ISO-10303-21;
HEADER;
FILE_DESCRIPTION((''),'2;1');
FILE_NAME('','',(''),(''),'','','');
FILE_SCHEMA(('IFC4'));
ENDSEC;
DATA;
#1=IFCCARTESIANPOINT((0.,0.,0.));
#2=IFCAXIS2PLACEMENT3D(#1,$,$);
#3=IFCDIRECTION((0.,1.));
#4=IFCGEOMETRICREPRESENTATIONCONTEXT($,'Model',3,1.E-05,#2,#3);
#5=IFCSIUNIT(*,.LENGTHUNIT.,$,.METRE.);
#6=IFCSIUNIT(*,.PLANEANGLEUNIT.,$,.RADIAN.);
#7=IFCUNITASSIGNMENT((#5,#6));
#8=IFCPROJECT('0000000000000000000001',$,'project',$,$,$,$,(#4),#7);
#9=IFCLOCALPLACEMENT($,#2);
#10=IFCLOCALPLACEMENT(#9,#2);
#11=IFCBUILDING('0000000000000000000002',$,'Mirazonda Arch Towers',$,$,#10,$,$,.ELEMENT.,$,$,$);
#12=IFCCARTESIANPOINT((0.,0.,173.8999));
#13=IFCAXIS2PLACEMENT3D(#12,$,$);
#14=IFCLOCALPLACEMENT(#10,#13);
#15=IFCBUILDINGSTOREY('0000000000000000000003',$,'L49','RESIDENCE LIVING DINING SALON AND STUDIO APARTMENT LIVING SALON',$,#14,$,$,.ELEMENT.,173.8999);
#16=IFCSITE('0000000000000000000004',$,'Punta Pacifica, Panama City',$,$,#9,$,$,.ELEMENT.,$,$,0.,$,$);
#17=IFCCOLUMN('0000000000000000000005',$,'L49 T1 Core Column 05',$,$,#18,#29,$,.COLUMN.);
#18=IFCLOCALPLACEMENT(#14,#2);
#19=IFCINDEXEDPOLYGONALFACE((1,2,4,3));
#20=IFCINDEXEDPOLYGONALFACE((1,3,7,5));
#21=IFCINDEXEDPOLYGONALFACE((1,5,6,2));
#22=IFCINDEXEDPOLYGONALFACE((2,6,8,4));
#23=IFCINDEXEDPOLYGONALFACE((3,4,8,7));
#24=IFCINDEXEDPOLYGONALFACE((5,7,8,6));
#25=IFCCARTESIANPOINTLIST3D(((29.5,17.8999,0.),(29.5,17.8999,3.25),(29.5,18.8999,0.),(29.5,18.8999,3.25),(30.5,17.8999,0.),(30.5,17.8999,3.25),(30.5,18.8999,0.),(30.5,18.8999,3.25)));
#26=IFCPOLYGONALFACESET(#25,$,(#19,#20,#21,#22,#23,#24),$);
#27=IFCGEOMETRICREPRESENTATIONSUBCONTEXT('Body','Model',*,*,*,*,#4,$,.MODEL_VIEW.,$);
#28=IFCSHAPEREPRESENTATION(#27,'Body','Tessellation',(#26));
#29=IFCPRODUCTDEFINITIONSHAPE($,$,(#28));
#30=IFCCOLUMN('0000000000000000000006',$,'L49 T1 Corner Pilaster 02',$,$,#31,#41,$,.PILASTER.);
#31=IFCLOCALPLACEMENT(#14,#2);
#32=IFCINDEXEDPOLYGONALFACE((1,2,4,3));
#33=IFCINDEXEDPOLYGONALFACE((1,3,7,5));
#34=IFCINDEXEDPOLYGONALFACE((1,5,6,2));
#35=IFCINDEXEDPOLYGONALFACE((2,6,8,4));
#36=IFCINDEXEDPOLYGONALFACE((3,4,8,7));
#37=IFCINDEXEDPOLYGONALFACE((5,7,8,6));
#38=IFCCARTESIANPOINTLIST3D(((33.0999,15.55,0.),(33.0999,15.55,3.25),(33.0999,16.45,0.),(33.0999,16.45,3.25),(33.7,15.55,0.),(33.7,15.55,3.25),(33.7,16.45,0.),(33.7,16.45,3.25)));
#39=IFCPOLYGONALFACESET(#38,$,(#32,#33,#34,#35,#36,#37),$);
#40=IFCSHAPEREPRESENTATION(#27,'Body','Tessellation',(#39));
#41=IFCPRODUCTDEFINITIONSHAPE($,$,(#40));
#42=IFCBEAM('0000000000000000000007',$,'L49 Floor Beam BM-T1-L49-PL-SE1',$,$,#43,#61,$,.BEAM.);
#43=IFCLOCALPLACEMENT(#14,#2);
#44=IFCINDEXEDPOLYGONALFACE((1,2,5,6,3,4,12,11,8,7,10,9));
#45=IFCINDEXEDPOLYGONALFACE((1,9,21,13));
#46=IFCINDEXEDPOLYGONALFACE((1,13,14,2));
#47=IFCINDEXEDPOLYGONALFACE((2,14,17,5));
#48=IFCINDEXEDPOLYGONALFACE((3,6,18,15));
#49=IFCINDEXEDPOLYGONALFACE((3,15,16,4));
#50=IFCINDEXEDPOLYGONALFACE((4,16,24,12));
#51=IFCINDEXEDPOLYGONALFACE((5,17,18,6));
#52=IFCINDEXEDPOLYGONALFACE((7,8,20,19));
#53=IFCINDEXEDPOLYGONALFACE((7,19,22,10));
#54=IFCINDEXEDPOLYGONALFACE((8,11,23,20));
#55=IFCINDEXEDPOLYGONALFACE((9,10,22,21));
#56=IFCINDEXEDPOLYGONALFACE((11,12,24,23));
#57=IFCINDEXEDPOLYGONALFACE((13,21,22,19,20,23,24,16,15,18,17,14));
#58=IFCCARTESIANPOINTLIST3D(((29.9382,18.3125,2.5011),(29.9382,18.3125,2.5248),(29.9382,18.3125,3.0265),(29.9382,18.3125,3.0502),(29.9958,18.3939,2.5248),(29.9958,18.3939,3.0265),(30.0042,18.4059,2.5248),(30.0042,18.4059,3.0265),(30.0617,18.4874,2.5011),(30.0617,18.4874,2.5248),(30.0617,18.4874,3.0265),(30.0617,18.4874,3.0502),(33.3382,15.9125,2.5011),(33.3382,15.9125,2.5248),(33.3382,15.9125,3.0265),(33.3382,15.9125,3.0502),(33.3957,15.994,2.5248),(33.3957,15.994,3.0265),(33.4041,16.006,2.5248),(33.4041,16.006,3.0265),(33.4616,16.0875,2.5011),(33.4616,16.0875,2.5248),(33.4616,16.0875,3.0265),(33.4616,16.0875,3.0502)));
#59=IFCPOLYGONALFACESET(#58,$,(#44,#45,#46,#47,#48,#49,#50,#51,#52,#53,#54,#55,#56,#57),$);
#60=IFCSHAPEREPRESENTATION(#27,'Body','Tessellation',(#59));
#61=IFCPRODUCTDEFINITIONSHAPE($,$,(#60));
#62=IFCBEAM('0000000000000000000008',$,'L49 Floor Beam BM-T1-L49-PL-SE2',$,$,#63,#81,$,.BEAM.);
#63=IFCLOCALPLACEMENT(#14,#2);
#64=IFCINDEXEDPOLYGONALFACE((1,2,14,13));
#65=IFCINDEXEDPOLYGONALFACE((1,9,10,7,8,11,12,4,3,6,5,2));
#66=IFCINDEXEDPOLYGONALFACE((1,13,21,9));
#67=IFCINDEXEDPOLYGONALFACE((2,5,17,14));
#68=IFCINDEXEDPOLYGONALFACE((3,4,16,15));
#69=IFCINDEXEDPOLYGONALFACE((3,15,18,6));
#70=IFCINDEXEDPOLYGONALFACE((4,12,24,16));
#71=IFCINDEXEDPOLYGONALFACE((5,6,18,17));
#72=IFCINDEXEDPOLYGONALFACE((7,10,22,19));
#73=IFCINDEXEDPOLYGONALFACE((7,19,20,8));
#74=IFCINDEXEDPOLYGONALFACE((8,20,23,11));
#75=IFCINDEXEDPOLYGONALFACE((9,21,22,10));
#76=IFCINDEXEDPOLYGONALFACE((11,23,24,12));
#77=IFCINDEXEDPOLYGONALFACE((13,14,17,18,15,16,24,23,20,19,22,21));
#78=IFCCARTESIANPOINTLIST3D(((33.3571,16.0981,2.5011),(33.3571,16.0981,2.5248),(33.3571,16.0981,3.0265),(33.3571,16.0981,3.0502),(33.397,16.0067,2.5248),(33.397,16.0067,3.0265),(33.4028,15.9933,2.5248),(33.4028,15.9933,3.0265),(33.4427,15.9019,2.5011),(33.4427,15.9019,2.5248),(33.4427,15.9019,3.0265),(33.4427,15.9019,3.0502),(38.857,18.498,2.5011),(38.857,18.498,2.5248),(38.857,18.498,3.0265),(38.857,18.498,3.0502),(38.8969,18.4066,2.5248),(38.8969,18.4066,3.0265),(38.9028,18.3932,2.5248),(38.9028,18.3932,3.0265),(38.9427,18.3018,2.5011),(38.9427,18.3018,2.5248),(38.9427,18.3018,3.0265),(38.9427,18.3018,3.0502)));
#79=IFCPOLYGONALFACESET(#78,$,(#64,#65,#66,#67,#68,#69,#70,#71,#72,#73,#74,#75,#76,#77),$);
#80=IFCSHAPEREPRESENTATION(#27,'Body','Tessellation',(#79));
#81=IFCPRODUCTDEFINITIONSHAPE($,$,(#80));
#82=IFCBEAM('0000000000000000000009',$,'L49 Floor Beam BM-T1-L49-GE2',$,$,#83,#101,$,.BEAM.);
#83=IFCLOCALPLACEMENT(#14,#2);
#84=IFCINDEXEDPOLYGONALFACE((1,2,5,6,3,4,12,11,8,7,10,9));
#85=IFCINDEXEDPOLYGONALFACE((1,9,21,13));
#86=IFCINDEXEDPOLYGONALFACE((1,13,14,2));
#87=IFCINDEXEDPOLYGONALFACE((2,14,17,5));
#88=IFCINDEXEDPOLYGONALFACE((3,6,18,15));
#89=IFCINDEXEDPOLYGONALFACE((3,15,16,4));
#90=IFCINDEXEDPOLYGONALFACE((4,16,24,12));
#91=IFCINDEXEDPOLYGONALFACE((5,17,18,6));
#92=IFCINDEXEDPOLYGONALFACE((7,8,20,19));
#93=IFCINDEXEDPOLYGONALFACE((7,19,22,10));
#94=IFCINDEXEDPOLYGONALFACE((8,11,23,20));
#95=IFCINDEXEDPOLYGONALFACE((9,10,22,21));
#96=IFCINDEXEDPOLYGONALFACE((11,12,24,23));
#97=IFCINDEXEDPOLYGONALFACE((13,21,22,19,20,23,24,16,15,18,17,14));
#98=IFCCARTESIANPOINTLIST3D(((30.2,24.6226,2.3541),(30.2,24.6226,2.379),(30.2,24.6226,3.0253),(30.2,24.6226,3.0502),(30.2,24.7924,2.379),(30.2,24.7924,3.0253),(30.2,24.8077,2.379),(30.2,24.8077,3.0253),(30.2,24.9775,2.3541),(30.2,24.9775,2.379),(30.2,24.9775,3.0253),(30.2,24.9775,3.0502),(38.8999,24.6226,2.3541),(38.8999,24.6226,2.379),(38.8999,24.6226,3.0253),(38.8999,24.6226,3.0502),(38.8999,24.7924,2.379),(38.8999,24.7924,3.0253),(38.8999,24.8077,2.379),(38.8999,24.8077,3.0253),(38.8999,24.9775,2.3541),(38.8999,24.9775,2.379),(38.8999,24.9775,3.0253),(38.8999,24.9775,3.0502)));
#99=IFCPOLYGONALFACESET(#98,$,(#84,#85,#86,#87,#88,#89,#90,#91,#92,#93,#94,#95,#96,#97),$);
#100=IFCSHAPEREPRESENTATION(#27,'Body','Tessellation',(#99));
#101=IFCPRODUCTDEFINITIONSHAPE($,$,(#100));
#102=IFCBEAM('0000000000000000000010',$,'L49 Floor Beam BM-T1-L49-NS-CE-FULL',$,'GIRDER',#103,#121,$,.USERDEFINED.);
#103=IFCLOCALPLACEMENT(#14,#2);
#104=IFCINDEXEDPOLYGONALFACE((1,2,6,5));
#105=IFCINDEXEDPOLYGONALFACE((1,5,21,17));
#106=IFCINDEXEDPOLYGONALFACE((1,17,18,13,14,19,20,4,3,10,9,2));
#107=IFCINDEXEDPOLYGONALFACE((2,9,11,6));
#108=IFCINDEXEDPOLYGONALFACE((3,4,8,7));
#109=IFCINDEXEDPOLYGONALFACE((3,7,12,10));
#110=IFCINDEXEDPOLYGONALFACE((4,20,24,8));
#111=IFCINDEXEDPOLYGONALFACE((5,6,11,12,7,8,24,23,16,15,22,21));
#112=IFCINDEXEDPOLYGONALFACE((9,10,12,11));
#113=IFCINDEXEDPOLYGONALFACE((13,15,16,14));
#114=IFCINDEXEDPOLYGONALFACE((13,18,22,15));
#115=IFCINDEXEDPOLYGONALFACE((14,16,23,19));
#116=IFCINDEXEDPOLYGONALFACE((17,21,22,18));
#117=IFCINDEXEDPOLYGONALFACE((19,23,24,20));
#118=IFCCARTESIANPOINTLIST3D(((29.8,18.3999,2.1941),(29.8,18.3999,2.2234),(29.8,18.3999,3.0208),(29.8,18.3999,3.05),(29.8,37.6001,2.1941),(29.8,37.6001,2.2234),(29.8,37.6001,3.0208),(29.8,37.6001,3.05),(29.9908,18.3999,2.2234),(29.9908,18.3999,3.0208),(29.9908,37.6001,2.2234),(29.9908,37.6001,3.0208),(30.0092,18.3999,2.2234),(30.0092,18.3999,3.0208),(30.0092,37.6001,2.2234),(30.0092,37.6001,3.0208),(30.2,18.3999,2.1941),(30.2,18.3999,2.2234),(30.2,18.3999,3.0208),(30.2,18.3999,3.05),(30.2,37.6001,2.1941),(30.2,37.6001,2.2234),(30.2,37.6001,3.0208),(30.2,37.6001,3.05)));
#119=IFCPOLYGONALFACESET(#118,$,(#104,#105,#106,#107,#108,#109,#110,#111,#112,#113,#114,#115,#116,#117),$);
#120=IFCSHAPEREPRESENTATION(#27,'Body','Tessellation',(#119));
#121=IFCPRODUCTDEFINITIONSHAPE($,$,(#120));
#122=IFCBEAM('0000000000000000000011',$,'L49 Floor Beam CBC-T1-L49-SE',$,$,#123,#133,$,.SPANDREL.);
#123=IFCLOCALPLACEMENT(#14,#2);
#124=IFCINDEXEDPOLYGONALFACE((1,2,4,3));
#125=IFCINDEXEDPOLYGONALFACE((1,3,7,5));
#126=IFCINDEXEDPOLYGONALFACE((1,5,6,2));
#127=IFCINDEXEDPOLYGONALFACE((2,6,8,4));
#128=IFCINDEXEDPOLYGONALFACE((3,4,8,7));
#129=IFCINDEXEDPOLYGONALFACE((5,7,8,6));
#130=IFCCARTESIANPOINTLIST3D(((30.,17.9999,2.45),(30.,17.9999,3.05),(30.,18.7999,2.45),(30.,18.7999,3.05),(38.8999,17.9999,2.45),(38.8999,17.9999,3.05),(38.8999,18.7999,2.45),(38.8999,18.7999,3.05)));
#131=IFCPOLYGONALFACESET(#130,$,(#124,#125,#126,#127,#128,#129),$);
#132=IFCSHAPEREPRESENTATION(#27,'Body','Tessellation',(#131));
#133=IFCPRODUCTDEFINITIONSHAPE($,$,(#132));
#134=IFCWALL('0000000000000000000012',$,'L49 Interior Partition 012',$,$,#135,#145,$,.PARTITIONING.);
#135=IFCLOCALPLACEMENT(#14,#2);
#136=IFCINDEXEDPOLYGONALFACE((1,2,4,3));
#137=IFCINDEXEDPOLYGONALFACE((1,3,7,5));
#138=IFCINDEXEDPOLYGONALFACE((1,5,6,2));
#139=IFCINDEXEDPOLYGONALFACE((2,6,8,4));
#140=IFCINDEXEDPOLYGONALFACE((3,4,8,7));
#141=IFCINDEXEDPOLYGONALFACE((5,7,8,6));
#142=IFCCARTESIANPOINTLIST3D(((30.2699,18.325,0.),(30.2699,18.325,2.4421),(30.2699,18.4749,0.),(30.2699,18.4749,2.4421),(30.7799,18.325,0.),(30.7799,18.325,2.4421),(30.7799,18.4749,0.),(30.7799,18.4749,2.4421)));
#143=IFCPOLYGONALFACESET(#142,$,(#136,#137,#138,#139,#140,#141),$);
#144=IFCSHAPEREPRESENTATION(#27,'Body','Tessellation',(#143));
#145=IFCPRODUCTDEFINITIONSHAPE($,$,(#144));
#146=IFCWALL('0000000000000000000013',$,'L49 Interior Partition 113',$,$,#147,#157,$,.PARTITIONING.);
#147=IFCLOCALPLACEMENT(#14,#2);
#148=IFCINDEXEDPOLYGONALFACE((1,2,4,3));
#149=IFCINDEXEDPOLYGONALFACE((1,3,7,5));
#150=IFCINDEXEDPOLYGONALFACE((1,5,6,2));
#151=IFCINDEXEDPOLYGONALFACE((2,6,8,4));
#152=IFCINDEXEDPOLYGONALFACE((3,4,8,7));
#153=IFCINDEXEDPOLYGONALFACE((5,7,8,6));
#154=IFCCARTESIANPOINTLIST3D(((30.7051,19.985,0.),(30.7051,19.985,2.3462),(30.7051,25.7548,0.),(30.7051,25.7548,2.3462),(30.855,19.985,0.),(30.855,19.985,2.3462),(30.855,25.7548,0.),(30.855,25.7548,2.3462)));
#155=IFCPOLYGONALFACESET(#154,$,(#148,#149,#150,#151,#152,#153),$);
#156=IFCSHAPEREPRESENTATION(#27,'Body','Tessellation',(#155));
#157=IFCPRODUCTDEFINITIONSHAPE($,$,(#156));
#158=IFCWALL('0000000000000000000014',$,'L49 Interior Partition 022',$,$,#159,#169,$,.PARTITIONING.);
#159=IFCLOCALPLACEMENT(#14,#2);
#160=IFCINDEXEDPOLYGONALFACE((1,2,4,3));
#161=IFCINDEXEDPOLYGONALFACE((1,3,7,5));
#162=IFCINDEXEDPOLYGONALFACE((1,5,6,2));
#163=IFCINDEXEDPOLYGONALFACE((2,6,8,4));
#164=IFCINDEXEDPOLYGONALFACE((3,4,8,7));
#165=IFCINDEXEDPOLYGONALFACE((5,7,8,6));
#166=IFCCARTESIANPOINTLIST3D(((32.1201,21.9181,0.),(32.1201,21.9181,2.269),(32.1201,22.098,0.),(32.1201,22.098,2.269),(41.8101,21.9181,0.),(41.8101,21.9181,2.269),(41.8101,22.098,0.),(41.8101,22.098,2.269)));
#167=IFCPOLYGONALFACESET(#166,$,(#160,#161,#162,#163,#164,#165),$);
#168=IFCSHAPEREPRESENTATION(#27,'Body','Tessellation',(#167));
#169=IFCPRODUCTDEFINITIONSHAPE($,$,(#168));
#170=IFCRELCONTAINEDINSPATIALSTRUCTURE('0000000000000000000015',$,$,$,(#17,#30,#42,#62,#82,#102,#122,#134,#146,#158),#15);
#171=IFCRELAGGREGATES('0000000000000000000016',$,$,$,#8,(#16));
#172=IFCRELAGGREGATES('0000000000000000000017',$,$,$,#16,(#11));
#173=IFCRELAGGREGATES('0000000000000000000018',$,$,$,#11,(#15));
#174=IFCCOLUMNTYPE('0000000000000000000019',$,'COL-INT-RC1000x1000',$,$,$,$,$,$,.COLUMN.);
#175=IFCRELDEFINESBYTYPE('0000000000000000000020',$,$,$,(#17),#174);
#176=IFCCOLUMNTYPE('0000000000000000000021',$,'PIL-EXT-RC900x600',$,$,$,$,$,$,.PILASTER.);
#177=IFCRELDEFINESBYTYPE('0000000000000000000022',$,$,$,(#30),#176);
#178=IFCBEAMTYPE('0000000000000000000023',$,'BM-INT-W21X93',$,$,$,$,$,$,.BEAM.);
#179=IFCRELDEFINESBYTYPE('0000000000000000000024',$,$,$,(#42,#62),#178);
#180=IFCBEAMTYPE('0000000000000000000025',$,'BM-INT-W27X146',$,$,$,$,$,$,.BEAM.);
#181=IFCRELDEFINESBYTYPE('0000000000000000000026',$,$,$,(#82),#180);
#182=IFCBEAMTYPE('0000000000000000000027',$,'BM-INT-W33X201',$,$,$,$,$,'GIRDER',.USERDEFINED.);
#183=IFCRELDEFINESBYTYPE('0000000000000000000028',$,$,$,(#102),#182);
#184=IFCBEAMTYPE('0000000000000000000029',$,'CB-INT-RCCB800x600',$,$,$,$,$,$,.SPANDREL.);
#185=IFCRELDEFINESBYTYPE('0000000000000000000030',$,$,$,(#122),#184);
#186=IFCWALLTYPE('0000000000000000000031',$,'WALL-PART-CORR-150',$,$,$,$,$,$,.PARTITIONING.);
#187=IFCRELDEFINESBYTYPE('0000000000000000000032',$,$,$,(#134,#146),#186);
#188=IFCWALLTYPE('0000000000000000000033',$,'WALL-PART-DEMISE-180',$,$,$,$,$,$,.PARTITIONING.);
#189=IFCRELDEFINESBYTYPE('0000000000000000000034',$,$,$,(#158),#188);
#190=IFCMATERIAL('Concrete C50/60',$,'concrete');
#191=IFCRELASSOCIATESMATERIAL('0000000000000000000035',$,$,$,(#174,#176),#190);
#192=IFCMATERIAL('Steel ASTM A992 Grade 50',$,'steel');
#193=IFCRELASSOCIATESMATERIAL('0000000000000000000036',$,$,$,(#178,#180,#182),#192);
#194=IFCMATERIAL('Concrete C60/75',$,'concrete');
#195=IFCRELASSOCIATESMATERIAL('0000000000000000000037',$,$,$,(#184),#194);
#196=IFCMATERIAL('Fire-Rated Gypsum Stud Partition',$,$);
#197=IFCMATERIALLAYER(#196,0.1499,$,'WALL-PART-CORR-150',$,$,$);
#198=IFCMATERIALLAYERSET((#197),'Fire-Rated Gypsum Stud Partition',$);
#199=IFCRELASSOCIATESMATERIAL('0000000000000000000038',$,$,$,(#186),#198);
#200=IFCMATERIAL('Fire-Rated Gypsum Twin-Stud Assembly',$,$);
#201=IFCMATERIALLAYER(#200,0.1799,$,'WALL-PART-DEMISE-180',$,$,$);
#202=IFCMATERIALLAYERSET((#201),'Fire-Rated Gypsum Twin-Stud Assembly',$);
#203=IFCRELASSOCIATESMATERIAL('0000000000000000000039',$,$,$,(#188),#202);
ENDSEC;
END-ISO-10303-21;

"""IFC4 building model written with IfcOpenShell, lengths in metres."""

from ifc_helpers import new_model, si_unit, direction, frame, frame_2d, origin, origin_2d, place, context, subcontext, project, spatial, rectangle, i_section, extrude, material, layer, layer_set, material_profile, profile_set, type_object, element, save


model = new_model("IFC4")

# Units and contexts
model_context = context("Model", 3, precision=1e-05, world=origin(), true_north=direction((0.0, 1.0)))
body_context = subcontext(model_context, "Body", "Model", "MODEL_VIEW")
ifc_project = project(units=[si_unit("LENGTHUNIT", "METRE"), si_unit("PLANEANGLEUNIT", "RADIAN")], contexts=[model_context])

# Site, building, storey
site_placement = place(None, origin())
site = spatial("IfcSite", under=ifc_project, at=site_placement, Name="Punta Pacifica, Panama City", CompositionType="ELEMENT", RefElevation=0.0)
building_placement = place(site_placement, origin())
building = spatial("IfcBuilding", under=site, at=building_placement, Name="Mirazonda Arch Towers", CompositionType="ELEMENT")
storey_placement = place(building_placement, frame((0.0, 0.0, 173.8999)))
storey = spatial("IfcBuildingStorey", under=building, at=storey_placement, Name="L49", Description="RESIDENCE LIVING DINING SALON AND STUDIO APARTMENT LIVING SALON", CompositionType="ELEMENT", Elevation=173.8999)

# Columns
ifc_material_1 = material(Name="Concrete C50/60", Category="concrete")
ifc_material_profile_1 = material_profile(ifc_material_1, rectangle(XDim=1.0, YDim=1.0, at=origin_2d()), Name="RC1000x1000")
ifc_profile_set_1 = profile_set([ifc_material_profile_1], Name="Concrete C50/60")
column_type_1 = type_object("IfcColumnType", Name="COL-INT-RC1000x1000", PredefinedType="COLUMN", material=ifc_profile_set_1)
column_1_placement = place(storey_placement, frame((30.0, 18.3999, 0.0), z_axis=(0.0, 0.0, 1.0), x_axis=(1.0, 0.0, 0.0)))
element("IfcColumn", 1, at=column_1_placement, inside=storey, type_object=column_type_1, Name="L49 T1 Core Column 05", PredefinedType="COLUMN", context=body_context, shape_type="SweptSolid", body=[
    extrude(rectangle(XDim=1.0, YDim=1.0, at=origin_2d()), origin(), (0.0, 0.0, 1.0), 3.25),
])
ifc_material_profile_2 = material_profile(ifc_material_1, rectangle(XDim=0.6001, YDim=0.8999, at=origin_2d()), Name="RC900x600")
ifc_profile_set_2 = profile_set([ifc_material_profile_2], Name="Concrete C50/60")
column_type_2 = type_object("IfcColumnType", Name="PIL-EXT-RC900x600", PredefinedType="PILASTER", material=ifc_profile_set_2)
column_2_placement = place(storey_placement, frame((33.3999, 16.0, 0.0), z_axis=(0.0, 0.0, 1.0), x_axis=(1.0, 0.0, 0.0)))
element("IfcColumn", 2, at=column_2_placement, inside=storey, type_object=column_type_2, Name="L49 T1 Corner Pilaster 02", PredefinedType="PILASTER", context=body_context, shape_type="SweptSolid", body=[
    extrude(rectangle(XDim=0.6001, YDim=0.8999, at=origin_2d()), origin(), (0.0, 0.0, 1.0), 3.25),
])

# Beams
ifc_material_2 = material(Name="Steel ASTM A992 Grade 50", Category="steel")
ifc_material_profile_3 = material_profile(ifc_material_2, i_section(OverallWidth=0.2141, OverallDepth=0.5491, WebThickness=0.0146, FlangeThickness=0.0237, at=origin_2d()), Name="W21X93")
ifc_profile_set_3 = profile_set([ifc_material_profile_3], Name="Steel ASTM A992 Grade 50")
beam_type_1 = type_object("IfcBeamType", Name="BM-INT-W21X93", PredefinedType="BEAM", material=ifc_profile_set_3)
beam_1_placement = place(storey_placement, frame((33.3999, 16.0, 2.7756), z_axis=(-0.816971, 0.576679, 0.0), x_axis=(-0.576679, -0.816971, 0.0)))
element("IfcBeam", 3, at=beam_1_placement, inside=storey, type_object=beam_type_1, Name="L49 Floor Beam BM-T1-L49-PL-SE1", PredefinedType="BEAM", context=body_context, shape_type="SweptSolid", body=[
    extrude(i_section(OverallWidth=0.2141, OverallDepth=0.5491, WebThickness=0.0146, FlangeThickness=0.0237, at=origin_2d()), origin(), (0.0, 0.0, 1.0), 4.1616),
])
beam_2_placement = place(storey_placement, frame((33.3999, 16.0, 2.7756), z_axis=(0.916545, 0.399931, 0.0), x_axis=(-0.399931, 0.916545, 0.0)))
element("IfcBeam", 4, at=beam_2_placement, inside=storey, type_object=beam_type_1, Name="L49 Floor Beam BM-T1-L49-PL-SE2", PredefinedType="BEAM", context=body_context, shape_type="SweptSolid", body=[
    extrude(i_section(OverallWidth=0.2141, OverallDepth=0.5491, WebThickness=0.0146, FlangeThickness=0.0237, at=origin_2d()), origin(), (0.0, 0.0, 1.0), 6.0007),
])
ifc_material_profile_4 = material_profile(ifc_material_2, i_section(OverallWidth=0.355, OverallDepth=0.696, WebThickness=0.0154, FlangeThickness=0.0249, at=origin_2d()), Name="W27X146")
ifc_profile_set_4 = profile_set([ifc_material_profile_4], Name="Steel ASTM A992 Grade 50")
beam_type_2 = type_object("IfcBeamType", Name="BM-INT-W27X146", PredefinedType="BEAM", material=ifc_profile_set_4)
beam_3_placement = place(storey_placement, frame((30.2, 24.8, 2.7021), z_axis=(1.0, 0.0, 0.0), x_axis=(0.0, 1.0, 0.0)))
element("IfcBeam", 5, at=beam_3_placement, inside=storey, type_object=beam_type_2, Name="L49 Floor Beam BM-T1-L49-GE2", PredefinedType="BEAM", context=body_context, shape_type="SweptSolid", body=[
    extrude(i_section(OverallWidth=0.355, OverallDepth=0.696, WebThickness=0.0154, FlangeThickness=0.0249, at=origin_2d()), origin(), (0.0, 0.0, 1.0), 8.7),
])
ifc_material_profile_5 = material_profile(ifc_material_2, i_section(OverallWidth=0.3999, OverallDepth=0.856, WebThickness=0.0183, FlangeThickness=0.0293, at=origin_2d()), Name="W33X201")
ifc_profile_set_5 = profile_set([ifc_material_profile_5], Name="Steel ASTM A992 Grade 50")
beam_type_3 = type_object("IfcBeamType", Name="BM-INT-W33X201", ElementType="GIRDER", PredefinedType="USERDEFINED", material=ifc_profile_set_5)
beam_4_placement = place(storey_placement, frame((30.0, 18.3999, 2.6221), z_axis=(0.0, 1.0, 0.0), x_axis=(-1.0, 0.0, 0.0)))
element("IfcBeam", 6, at=beam_4_placement, inside=storey, type_object=beam_type_3, Name="L49 Floor Beam BM-T1-L49-NS-CE-FULL", ObjectType="GIRDER", PredefinedType="USERDEFINED", context=body_context, shape_type="SweptSolid", body=[
    extrude(i_section(OverallWidth=0.3999, OverallDepth=0.856, WebThickness=0.0183, FlangeThickness=0.0293, at=origin_2d()), origin(), (0.0, 0.0, 1.0), 19.2002),
])
ifc_material_3 = material(Name="Concrete C60/75", Category="concrete")
ifc_material_profile_6 = material_profile(ifc_material_3, rectangle(XDim=0.8, YDim=0.6001, at=origin_2d()), Name="RCCB800x600")
ifc_profile_set_6 = profile_set([ifc_material_profile_6], Name="Concrete C60/75")
beam_type_4 = type_object("IfcBeamType", Name="CB-INT-RCCB800x600", PredefinedType="SPANDREL", material=ifc_profile_set_6)
beam_5_placement = place(storey_placement, frame((30.0, 18.3999, 2.75), z_axis=(1.0, 0.0, 0.0), x_axis=(0.0, 1.0, 0.0)))
element("IfcBeam", 7, at=beam_5_placement, inside=storey, type_object=beam_type_4, Name="L49 Floor Beam CBC-T1-L49-SE", PredefinedType="SPANDREL", context=body_context, shape_type="SweptSolid", body=[
    extrude(rectangle(XDim=0.8, YDim=0.6001, at=origin_2d()), origin(), (0.0, 0.0, 1.0), 8.8999),
])

# Walls
ifc_material_4 = material(Name="Fire-Rated Gypsum Stud Partition")
ifc_layer_1 = layer(ifc_material_4, 0.1499, Name="WALL-PART-CORR-150")
ifc_layer_set_1 = layer_set([ifc_layer_1], Name="Fire-Rated Gypsum Stud Partition")
wall_type_1 = type_object("IfcWallType", Name="WALL-PART-CORR-150", PredefinedType="PARTITIONING", material=ifc_layer_set_1)
wall_1_placement = place(storey_placement, frame((30.27, 18.3999, 0.0), z_axis=(0.0, 0.0, 1.0), x_axis=(1.0, 0.0, 0.0)))
element("IfcWall", 8, at=wall_1_placement, inside=storey, type_object=wall_type_1, Name="L49 Interior Partition 012", PredefinedType="PARTITIONING", context=body_context, shape_type="SweptSolid", body=[
    extrude(rectangle(XDim=0.51, YDim=0.1499, at=frame_2d((0.2549, 0.0))), origin(), (0.0, 0.0, 1.0), 2.4421),
])
wall_2_placement = place(storey_placement, frame((30.78, 19.9851, 0.0), z_axis=(0.0, 0.0, 1.0), x_axis=(0.0, 1.0, 0.0)))
element("IfcWall", 9, at=wall_2_placement, inside=storey, type_object=wall_type_1, Name="L49 Interior Partition 113", PredefinedType="PARTITIONING", context=body_context, shape_type="SweptSolid", body=[
    extrude(rectangle(XDim=5.7698, YDim=0.1499, at=frame_2d((2.8848, 0.0))), origin(), (0.0, 0.0, 1.0), 2.3462),
])

# Shared definitions
ifc_material_5 = material(Name="Fire-Rated Gypsum Twin-Stud Assembly")
ifc_layer_2 = layer(ifc_material_5, 0.1799, Name="WALL-PART-DEMISE-180")
ifc_layer_set_2 = layer_set([ifc_layer_2], Name="Fire-Rated Gypsum Twin-Stud Assembly")
wall_type_2 = type_object("IfcWallType", Name="WALL-PART-DEMISE-180", PredefinedType="PARTITIONING", material=ifc_layer_set_2)

# Wall
wall_3_placement = place(storey_placement, frame((32.1201, 22.0081, 0.0), z_axis=(0.0, 0.0, 1.0), x_axis=(1.0, 0.0, 0.0)))
element("IfcWall", 10, at=wall_3_placement, inside=storey, type_object=wall_type_2, Name="L49 Interior Partition 022", PredefinedType="PARTITIONING", context=body_context, shape_type="SweptSolid", body=[
    extrude(rectangle(XDim=9.6899, YDim=0.1799, at=frame_2d((4.845, 0.0))), origin(), (0.0, 0.0, 1.0), 2.269),
])

save(model, "model.ifc")
